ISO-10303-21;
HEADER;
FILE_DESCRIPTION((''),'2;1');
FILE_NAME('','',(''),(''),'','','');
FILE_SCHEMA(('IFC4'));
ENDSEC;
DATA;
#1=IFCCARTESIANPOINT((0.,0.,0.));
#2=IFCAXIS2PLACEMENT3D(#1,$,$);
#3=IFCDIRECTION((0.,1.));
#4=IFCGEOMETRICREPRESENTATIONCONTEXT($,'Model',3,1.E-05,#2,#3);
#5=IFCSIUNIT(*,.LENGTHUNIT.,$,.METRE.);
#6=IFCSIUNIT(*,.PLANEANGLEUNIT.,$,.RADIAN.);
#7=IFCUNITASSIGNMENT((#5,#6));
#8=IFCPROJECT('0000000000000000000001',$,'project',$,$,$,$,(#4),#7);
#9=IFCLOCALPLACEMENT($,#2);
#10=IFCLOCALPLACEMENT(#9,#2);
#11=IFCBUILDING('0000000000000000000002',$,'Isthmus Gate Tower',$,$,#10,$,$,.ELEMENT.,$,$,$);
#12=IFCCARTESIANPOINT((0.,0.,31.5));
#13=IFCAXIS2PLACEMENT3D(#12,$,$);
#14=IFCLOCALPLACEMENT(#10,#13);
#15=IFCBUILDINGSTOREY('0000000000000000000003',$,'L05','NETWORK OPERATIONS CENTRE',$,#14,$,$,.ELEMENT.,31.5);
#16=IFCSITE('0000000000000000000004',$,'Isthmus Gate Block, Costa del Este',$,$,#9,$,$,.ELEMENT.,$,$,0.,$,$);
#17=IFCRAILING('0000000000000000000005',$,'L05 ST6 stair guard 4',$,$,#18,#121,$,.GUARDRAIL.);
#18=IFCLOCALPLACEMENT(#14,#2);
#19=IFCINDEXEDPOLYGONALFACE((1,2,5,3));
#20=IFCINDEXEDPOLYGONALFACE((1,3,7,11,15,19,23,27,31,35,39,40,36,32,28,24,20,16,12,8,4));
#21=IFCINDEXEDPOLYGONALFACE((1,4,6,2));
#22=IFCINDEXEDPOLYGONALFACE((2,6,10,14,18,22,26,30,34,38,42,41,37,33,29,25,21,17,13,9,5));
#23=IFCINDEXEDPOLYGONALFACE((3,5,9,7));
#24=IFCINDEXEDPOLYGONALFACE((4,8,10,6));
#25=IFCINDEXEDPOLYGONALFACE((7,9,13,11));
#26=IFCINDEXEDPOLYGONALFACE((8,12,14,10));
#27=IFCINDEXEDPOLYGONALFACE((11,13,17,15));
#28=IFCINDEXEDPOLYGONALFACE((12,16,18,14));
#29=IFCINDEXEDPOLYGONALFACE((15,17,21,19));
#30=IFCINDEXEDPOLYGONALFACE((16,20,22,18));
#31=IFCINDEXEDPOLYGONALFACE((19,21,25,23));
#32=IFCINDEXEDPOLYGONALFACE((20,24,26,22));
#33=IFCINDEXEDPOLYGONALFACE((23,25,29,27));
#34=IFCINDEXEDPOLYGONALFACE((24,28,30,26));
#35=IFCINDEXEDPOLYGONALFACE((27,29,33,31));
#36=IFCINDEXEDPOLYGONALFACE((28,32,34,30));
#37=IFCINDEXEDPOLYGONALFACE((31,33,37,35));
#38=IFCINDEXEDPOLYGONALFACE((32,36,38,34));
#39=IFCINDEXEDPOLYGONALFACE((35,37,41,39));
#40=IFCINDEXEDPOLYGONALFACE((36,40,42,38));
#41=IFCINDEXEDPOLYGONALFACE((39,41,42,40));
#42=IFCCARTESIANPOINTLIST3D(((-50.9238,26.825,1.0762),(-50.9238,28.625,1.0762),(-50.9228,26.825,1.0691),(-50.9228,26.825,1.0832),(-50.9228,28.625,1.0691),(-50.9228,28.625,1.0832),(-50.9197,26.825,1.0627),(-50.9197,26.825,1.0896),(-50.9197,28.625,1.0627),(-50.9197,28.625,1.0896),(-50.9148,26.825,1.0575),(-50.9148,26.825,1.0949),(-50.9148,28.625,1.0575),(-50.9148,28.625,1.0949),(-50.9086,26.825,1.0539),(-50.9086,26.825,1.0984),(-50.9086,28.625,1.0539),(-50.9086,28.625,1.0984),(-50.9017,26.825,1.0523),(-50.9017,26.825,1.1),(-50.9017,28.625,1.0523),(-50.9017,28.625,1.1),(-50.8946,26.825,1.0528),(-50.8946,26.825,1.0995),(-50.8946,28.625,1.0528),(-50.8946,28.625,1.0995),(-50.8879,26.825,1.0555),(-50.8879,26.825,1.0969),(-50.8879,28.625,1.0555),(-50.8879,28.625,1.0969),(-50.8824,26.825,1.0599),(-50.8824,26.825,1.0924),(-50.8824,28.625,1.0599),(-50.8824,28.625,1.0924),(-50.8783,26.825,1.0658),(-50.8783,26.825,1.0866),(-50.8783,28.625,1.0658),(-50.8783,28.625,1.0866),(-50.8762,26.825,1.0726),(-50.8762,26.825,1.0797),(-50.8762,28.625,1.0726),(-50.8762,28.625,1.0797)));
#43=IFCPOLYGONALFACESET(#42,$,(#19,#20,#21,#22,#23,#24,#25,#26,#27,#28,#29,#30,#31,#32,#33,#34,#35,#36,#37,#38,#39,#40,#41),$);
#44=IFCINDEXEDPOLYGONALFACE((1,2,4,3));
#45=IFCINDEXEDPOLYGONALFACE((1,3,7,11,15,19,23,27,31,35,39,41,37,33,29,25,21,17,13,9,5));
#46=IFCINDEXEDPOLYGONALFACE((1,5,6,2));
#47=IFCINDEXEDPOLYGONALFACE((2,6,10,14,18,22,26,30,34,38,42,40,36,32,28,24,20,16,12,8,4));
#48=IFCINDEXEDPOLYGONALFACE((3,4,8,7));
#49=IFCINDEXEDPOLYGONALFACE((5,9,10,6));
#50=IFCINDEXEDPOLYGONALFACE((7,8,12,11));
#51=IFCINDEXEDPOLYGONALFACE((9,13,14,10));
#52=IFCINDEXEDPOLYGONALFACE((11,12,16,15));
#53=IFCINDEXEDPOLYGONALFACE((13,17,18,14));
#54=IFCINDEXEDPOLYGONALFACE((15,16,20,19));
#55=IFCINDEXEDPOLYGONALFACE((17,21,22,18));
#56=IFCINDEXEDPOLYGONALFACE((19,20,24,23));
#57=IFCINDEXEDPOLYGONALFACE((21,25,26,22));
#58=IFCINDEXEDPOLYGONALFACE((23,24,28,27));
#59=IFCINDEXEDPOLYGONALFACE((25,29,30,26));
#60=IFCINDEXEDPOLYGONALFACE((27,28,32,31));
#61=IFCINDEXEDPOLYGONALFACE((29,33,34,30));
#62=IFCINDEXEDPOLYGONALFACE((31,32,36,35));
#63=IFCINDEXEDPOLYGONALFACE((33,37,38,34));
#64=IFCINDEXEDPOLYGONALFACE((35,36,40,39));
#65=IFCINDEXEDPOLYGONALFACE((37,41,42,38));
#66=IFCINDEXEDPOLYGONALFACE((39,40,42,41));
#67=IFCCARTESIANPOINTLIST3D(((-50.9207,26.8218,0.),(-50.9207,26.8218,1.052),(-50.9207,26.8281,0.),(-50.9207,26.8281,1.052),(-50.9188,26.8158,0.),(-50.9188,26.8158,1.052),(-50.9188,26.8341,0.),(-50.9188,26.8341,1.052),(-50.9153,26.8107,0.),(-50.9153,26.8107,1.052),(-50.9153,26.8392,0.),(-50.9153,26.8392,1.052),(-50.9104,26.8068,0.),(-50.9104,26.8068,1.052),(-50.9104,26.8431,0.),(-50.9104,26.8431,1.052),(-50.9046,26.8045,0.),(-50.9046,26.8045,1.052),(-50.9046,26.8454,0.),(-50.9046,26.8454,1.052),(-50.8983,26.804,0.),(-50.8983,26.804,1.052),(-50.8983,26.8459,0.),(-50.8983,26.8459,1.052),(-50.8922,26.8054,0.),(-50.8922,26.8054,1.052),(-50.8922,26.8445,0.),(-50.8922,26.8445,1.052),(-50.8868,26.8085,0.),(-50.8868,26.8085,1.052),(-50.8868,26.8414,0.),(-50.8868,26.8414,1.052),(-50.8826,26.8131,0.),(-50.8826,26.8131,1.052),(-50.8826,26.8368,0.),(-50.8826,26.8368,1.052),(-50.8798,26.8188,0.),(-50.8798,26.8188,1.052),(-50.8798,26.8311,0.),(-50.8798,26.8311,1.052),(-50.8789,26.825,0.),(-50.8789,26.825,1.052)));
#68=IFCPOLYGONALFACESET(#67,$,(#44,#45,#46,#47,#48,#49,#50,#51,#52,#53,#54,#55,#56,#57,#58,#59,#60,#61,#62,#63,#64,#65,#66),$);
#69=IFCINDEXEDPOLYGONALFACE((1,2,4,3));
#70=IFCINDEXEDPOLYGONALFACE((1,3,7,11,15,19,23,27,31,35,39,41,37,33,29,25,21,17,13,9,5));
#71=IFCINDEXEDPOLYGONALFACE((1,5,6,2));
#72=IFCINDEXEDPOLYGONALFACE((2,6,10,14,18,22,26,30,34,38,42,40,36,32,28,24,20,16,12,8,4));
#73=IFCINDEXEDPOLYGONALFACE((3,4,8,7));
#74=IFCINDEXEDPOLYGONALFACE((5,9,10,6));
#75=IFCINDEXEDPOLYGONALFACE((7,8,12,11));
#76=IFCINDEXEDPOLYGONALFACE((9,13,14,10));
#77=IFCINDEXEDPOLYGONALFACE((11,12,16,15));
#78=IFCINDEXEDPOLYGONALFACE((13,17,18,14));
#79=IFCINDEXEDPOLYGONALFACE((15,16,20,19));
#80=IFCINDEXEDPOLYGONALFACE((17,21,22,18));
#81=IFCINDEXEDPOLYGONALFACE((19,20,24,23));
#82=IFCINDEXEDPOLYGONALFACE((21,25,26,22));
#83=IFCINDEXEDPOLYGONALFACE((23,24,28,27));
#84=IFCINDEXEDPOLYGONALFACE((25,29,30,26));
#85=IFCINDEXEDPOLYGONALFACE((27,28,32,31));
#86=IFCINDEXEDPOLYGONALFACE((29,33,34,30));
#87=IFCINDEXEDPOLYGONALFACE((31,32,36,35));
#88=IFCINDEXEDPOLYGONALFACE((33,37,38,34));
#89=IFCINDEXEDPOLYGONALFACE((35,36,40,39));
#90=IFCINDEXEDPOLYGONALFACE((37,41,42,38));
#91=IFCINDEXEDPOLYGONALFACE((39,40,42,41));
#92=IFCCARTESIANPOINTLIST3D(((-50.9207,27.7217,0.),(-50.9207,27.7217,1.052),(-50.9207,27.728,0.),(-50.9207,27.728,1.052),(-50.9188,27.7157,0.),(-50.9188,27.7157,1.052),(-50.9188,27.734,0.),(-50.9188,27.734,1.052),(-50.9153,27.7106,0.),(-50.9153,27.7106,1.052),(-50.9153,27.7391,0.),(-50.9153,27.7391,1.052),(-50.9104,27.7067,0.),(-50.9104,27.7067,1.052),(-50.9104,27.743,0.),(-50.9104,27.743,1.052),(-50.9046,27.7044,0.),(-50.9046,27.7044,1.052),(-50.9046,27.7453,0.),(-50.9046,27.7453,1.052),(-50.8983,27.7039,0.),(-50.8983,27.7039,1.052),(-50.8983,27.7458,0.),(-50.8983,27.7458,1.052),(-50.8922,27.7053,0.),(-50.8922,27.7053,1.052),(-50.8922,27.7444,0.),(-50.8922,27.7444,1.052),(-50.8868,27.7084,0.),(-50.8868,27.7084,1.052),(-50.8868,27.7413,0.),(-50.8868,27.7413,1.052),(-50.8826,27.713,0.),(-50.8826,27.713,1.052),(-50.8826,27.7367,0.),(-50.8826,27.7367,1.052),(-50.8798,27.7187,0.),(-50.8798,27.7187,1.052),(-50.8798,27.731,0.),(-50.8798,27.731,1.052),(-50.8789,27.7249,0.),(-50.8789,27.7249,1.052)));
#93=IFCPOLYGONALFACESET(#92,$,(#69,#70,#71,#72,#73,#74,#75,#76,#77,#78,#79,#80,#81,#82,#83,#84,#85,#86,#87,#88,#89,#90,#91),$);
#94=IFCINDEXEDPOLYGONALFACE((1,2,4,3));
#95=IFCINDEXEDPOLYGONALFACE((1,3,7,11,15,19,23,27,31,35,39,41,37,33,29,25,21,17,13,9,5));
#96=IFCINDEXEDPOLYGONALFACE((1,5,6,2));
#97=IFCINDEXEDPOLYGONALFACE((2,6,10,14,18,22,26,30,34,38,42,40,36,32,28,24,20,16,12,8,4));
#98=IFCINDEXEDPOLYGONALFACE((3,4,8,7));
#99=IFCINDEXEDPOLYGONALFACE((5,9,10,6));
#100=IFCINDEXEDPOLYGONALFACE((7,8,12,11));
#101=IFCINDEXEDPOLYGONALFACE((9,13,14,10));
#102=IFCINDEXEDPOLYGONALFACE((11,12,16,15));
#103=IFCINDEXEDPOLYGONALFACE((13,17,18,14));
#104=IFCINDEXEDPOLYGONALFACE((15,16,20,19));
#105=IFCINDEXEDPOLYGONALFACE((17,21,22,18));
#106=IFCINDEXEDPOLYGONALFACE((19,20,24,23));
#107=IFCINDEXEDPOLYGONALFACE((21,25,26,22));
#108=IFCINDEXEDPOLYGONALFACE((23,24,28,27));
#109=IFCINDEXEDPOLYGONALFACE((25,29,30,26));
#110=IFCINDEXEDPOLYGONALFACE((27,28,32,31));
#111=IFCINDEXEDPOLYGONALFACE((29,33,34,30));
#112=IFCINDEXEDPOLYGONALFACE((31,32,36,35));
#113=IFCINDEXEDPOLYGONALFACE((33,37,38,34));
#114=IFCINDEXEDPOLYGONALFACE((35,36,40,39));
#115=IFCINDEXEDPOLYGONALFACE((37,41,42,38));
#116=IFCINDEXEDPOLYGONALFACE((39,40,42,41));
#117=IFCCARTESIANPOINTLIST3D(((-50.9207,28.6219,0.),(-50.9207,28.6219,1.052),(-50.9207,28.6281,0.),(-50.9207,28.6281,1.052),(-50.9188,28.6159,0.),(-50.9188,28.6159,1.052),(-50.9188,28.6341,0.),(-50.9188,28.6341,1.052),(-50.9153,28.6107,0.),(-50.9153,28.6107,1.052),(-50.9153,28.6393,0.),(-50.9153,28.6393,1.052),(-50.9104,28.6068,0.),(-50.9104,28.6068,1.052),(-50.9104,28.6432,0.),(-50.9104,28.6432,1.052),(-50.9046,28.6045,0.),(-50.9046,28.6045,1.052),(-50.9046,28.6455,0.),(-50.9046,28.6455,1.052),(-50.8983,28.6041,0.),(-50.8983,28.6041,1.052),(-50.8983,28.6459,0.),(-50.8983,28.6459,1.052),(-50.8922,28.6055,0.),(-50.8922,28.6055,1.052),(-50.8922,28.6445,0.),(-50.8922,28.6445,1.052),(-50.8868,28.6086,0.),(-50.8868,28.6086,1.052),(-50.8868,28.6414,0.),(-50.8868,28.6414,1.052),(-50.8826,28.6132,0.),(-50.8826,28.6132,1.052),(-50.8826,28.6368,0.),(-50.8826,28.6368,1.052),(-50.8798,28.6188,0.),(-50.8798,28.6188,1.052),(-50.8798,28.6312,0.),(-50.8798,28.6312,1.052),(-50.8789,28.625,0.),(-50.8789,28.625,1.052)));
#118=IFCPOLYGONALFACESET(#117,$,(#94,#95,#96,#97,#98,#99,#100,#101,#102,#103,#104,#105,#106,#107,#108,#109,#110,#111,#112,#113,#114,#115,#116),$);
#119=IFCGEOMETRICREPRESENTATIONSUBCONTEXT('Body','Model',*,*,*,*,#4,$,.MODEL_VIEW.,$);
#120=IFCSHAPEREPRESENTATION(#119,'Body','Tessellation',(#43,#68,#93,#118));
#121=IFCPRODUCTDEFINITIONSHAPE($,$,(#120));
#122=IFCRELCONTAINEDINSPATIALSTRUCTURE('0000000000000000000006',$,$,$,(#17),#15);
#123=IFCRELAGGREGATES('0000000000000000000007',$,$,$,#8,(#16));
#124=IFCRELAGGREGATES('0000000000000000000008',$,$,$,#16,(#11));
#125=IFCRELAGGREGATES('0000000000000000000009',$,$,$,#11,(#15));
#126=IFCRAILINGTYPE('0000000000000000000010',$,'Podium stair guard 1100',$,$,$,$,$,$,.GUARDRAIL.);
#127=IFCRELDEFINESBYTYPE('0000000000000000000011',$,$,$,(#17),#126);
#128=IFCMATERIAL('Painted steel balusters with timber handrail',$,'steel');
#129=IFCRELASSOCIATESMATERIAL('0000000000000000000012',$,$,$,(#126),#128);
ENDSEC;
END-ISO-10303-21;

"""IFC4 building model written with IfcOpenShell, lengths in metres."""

from ifc_helpers import new_model, si_unit, direction, frame, origin, origin_2d, place, context, subcontext, project, spatial, circle, extrude, material, type_object, element, save


model = new_model("IFC4")

# Units and contexts
model_context = context("Model", 3, precision=1e-05, world=origin(), true_north=direction((0.0, 1.0)))
body_context = subcontext(model_context, "Body", "Model", "MODEL_VIEW")
ifc_project = project(units=[si_unit("LENGTHUNIT", "METRE"), si_unit("PLANEANGLEUNIT", "RADIAN")], contexts=[model_context])

# Site, building, storey
site_placement = place(None, origin())
site = spatial("IfcSite", under=ifc_project, at=site_placement, Name="Isthmus Gate Block, Costa del Este", CompositionType="ELEMENT", RefElevation=0.0)
building_placement = place(site_placement, origin())
building = spatial("IfcBuilding", under=site, at=building_placement, Name="Isthmus Gate Tower", CompositionType="ELEMENT")
storey_placement = place(building_placement, frame((0.0, 0.0, 31.5)))
storey = spatial("IfcBuildingStorey", under=building, at=storey_placement, Name="L05", Description="NETWORK OPERATIONS CENTRE", CompositionType="ELEMENT", Elevation=31.5)

# Railing
ifc_material_1 = material(Name="Painted steel balusters with timber handrail", Category="steel")
railing_type_1 = type_object("IfcRailingType", Name="Podium stair guard 1100", PredefinedType="GUARDRAIL", material=ifc_material_1)
railing_1_placement = place(storey_placement, frame((-50.8999, 26.825, 0.0)))
element("IfcRailing", 1, at=railing_1_placement, inside=storey, type_object=railing_type_1, Name="L05 ST6 stair guard 4", PredefinedType="GUARDRAIL", context=body_context, shape_type="SweptSolid", body=[
    extrude(circle(Radius=0.0239, at=origin_2d()), frame((0.0, 0.0, 1.0762), z_axis=(0.0, 1.0, 0.0), x_axis=(-1.0, 0.0, 0.0)), (0.0, 0.0, 1.0), 1.8),
    extrude(circle(Radius=0.021, at=origin_2d()), origin(), (0.0, 0.0, 1.0), 1.052),
    extrude(circle(Radius=0.021, at=origin_2d()), frame((0.0, 0.8999, 0.0)), (0.0, 0.0, 1.0), 1.052),
    extrude(circle(Radius=0.021, at=origin_2d()), frame((0.0, 1.8, 0.0)), (0.0, 0.0, 1.0), 1.052),
])

save(model, "model.ifc")
